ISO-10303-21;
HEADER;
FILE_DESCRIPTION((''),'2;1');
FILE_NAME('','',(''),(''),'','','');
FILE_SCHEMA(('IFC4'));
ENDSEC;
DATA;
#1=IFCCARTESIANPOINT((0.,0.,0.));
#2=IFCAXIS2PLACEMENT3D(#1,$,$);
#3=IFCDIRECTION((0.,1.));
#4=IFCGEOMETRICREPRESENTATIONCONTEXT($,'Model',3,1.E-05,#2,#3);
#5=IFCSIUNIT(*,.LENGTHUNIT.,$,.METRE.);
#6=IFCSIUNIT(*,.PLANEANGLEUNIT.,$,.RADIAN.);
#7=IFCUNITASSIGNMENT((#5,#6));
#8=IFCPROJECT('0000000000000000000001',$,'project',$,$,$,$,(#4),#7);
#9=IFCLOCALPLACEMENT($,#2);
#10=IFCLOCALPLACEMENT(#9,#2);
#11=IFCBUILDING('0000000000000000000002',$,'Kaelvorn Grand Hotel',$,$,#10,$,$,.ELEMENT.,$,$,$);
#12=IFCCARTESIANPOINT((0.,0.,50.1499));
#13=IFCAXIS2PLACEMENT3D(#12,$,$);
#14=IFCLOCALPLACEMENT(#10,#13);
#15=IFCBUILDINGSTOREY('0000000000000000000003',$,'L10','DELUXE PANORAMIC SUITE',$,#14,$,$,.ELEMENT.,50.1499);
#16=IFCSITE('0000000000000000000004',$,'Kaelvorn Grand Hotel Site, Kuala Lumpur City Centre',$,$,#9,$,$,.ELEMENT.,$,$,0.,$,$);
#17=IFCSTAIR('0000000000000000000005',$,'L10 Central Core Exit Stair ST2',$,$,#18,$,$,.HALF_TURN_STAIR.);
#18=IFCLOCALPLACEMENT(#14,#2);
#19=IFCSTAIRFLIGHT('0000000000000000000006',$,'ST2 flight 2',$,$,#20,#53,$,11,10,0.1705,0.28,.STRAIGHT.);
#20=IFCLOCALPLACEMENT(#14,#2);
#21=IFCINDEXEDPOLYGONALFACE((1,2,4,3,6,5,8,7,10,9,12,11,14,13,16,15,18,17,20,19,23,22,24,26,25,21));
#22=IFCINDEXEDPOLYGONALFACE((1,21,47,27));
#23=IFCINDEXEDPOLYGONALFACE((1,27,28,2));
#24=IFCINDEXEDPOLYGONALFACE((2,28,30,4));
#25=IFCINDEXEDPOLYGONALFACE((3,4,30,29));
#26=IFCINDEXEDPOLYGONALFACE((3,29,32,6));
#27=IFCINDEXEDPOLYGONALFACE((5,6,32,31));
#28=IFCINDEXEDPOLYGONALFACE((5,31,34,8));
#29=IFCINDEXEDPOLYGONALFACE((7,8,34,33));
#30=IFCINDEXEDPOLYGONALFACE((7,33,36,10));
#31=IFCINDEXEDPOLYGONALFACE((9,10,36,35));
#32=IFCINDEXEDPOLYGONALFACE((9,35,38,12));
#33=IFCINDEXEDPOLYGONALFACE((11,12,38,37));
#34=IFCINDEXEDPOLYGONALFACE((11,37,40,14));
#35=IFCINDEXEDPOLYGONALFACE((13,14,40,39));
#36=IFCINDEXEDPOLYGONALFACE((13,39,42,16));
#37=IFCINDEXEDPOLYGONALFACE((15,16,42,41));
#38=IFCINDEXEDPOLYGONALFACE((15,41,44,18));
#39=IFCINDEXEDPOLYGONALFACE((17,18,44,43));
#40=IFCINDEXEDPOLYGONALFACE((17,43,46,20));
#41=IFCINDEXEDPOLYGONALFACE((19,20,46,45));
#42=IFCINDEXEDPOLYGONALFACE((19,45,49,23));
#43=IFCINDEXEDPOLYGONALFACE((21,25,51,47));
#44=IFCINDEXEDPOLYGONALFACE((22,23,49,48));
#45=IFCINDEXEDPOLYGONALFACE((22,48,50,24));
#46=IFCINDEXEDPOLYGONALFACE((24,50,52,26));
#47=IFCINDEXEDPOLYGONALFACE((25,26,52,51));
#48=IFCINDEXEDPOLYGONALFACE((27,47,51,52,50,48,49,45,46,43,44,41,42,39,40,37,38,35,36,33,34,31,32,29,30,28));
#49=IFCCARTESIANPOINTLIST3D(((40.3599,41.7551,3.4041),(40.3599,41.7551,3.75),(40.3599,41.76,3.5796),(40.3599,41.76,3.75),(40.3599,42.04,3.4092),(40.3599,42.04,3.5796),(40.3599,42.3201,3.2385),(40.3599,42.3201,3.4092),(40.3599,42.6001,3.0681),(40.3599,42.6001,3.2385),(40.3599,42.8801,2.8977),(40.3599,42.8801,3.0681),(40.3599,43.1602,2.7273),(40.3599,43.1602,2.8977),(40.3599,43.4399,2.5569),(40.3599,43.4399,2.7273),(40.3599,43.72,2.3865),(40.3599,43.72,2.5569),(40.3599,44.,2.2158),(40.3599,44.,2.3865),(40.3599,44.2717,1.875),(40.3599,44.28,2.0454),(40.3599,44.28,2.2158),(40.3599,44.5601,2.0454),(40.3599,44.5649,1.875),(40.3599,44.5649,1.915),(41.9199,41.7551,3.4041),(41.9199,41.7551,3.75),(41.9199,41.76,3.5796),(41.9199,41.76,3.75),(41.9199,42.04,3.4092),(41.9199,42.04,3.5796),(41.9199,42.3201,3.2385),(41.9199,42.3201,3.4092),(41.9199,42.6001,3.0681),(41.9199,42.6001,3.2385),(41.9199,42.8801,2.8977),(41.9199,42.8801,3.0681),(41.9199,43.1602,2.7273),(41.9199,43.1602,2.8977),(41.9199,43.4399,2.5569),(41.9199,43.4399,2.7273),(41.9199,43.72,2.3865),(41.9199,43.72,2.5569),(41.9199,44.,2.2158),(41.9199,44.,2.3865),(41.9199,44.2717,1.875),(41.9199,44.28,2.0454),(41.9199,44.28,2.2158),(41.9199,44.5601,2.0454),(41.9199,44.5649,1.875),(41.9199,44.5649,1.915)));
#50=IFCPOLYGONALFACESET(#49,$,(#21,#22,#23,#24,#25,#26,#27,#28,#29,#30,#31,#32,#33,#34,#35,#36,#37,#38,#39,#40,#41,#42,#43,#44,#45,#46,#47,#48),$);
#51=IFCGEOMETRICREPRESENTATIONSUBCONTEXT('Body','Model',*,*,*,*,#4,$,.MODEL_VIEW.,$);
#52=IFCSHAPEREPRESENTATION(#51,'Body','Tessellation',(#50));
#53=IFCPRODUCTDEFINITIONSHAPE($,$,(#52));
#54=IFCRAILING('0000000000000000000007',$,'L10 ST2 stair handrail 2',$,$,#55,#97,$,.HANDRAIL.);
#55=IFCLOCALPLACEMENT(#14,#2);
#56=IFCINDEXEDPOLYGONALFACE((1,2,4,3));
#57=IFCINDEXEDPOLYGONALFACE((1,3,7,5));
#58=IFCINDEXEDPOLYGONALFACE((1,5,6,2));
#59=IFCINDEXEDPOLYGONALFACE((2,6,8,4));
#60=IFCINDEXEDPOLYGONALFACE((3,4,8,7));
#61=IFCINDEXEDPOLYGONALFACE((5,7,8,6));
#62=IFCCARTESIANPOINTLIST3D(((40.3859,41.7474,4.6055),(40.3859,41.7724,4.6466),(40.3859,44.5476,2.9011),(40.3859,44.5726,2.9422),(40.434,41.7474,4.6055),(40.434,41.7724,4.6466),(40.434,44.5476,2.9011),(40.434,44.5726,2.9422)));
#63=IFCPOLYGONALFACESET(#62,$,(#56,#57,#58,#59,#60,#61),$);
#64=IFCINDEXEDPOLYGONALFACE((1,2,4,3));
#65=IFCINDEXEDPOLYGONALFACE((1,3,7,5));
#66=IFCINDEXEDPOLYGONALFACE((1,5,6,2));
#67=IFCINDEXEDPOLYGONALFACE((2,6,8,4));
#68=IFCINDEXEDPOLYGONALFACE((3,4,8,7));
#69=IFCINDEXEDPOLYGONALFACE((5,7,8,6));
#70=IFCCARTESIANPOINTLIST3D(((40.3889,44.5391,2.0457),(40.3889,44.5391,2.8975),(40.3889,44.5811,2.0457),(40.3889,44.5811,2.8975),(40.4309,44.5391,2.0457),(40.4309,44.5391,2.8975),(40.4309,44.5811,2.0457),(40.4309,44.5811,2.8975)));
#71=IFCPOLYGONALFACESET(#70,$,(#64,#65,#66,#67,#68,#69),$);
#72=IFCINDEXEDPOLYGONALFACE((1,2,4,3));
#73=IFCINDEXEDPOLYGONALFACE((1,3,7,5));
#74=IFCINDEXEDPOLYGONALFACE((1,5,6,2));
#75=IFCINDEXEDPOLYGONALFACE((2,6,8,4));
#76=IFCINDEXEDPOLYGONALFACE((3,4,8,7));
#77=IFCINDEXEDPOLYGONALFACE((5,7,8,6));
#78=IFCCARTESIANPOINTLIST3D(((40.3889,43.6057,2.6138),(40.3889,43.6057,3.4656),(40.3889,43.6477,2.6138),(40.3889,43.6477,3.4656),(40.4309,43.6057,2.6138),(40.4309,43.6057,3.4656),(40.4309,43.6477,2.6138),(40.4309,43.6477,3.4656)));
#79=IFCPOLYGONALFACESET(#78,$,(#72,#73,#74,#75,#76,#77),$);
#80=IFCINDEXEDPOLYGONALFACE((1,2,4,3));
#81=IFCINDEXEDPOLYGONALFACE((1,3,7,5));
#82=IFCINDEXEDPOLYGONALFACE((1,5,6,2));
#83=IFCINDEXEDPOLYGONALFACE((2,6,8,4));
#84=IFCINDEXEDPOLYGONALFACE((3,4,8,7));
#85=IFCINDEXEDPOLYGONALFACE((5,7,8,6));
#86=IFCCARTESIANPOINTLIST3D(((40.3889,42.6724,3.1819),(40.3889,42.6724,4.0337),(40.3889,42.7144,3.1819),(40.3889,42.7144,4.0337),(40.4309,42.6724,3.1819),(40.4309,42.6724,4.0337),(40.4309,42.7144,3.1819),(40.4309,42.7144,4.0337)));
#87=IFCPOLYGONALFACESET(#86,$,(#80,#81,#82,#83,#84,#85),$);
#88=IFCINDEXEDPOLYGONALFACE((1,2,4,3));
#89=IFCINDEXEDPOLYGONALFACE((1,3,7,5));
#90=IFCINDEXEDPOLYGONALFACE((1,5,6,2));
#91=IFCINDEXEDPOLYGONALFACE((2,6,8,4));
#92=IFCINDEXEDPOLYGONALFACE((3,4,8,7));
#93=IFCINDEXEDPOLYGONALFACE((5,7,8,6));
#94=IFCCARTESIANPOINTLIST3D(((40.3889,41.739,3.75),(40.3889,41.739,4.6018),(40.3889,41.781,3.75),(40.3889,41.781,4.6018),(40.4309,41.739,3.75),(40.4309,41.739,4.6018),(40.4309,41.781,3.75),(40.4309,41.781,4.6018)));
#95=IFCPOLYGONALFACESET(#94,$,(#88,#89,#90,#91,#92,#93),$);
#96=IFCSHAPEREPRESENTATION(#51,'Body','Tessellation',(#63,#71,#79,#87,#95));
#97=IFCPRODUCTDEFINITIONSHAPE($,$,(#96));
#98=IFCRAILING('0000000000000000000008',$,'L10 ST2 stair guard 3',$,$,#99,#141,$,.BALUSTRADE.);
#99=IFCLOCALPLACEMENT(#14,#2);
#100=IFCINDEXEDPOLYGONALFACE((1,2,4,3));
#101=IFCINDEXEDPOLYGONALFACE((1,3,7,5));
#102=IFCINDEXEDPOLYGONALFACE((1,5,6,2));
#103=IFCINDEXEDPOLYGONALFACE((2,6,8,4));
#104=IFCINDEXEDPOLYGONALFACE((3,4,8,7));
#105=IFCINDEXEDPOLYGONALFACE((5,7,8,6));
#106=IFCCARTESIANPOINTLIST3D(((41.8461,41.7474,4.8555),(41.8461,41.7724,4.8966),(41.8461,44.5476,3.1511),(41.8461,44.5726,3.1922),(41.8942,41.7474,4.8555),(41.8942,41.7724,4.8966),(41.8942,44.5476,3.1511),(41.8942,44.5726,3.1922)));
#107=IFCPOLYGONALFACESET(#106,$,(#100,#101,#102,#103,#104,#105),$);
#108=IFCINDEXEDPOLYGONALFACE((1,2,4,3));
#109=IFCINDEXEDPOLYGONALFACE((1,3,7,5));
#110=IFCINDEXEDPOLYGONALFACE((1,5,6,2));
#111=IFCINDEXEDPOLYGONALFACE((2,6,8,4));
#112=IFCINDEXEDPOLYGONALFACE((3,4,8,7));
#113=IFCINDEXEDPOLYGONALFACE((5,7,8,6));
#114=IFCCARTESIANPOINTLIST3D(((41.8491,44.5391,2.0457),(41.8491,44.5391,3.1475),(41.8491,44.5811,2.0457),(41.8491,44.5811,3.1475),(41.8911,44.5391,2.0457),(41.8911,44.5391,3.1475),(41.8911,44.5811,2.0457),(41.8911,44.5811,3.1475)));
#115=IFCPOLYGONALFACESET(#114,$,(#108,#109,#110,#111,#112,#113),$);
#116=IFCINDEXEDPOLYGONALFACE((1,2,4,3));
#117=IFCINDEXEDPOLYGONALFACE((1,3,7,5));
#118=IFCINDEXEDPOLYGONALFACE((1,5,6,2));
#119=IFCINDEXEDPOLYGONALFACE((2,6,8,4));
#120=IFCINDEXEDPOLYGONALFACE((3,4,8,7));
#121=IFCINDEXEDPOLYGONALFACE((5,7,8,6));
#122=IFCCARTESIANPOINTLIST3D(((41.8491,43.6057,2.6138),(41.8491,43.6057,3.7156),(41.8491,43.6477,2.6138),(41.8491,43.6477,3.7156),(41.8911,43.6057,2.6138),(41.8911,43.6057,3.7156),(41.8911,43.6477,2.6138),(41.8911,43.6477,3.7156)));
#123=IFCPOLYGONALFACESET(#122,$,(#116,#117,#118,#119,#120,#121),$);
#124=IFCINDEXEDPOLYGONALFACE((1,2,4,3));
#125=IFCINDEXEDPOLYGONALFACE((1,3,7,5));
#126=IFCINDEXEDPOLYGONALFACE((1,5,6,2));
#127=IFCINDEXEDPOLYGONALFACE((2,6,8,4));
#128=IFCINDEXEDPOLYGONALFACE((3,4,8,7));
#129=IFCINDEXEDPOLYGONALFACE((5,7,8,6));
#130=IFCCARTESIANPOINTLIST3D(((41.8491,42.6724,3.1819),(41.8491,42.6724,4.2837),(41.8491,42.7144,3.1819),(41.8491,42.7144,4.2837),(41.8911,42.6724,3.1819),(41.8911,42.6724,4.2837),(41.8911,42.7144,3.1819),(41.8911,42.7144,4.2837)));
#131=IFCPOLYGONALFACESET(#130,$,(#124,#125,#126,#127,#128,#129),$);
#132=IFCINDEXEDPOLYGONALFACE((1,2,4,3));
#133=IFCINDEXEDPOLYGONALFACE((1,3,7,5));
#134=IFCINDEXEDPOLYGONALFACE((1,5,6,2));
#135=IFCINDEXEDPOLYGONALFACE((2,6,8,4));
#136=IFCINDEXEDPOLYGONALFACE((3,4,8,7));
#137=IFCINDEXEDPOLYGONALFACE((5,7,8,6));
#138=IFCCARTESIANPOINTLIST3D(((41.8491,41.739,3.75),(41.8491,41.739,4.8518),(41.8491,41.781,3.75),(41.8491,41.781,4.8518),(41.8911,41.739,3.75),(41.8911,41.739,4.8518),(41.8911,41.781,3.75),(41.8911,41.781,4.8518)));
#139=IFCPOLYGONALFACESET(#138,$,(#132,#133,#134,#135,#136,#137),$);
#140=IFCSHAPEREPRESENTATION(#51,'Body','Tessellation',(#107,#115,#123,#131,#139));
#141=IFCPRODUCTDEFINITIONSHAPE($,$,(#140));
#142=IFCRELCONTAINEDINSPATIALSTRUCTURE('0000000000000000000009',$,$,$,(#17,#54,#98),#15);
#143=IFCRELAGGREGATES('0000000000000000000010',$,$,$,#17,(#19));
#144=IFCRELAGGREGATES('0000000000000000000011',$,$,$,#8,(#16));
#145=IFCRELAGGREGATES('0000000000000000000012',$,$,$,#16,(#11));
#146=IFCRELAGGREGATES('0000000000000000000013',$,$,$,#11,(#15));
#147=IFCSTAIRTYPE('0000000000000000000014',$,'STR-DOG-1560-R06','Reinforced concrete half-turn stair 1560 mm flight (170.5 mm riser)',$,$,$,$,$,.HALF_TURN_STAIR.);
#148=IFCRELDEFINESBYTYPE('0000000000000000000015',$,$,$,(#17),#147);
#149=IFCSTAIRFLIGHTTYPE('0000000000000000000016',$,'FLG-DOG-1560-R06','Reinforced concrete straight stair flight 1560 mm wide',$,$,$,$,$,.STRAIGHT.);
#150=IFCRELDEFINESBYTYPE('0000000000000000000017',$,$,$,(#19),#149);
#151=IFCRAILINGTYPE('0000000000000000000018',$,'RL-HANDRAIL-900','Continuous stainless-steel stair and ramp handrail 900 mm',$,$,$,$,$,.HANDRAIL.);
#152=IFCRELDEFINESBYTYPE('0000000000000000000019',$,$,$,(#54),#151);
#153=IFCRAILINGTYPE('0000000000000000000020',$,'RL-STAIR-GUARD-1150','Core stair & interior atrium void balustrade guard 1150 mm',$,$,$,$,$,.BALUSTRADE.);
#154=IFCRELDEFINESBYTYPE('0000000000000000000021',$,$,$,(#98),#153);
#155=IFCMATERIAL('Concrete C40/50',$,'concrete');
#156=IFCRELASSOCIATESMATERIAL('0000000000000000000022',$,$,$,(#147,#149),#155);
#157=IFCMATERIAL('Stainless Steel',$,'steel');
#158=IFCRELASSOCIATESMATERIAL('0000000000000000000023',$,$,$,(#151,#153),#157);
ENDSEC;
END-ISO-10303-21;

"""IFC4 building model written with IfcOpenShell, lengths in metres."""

from ifc_helpers import new_model, si_unit, direction, frame, origin, origin_2d, place, context, subcontext, project, spatial, polyline, rectangle, outline, extrude, material, type_object, element, aggregate, save


model = new_model("IFC4")

# Units and contexts
model_context = context("Model", 3, precision=1e-05, world=origin(), true_north=direction((0.0, 1.0)))
body_context = subcontext(model_context, "Body", "Model", "MODEL_VIEW")
ifc_project = project(units=[si_unit("LENGTHUNIT", "METRE"), si_unit("PLANEANGLEUNIT", "RADIAN")], contexts=[model_context])

# Site, building, storey
site_placement = place(None, origin())
site = spatial("IfcSite", under=ifc_project, at=site_placement, Name="Kaelvorn Grand Hotel Site, Kuala Lumpur City Centre", CompositionType="ELEMENT", RefElevation=0.0)
building_placement = place(site_placement, origin())
building = spatial("IfcBuilding", under=site, at=building_placement, Name="Kaelvorn Grand Hotel", CompositionType="ELEMENT")
storey_placement = place(building_placement, frame((0.0, 0.0, 50.1499)))
storey = spatial("IfcBuildingStorey", under=building, at=storey_placement, Name="L10", Description="DELUXE PANORAMIC SUITE", CompositionType="ELEMENT", Elevation=50.1499)

# Shared definitions
ifc_material_1 = material(Name="Concrete C40/50", Category="concrete")

# Stair, stair flight
stair_type = type_object("IfcStairType", Name="STR-DOG-1560-R06", Description="Reinforced concrete half-turn stair 1560 mm flight (170.5 mm riser)", PredefinedType="HALF_TURN_STAIR", material=ifc_material_1)
stair_placement = place(storey_placement, origin())
stair = element("IfcStair", 1, at=stair_placement, inside=storey, type_object=stair_type, Name="L10 Central Core Exit Stair ST2", PredefinedType="HALF_TURN_STAIR")
stair_flight_type = type_object("IfcStairFlightType", Name="FLG-DOG-1560-R06", Description="Reinforced concrete straight stair flight 1560 mm wide", PredefinedType="STRAIGHT", material=ifc_material_1)
stair_flight_placement = place(storey_placement, frame((41.1399, 44.5601, 1.875), z_axis=(0.0, 0.0, 1.0), x_axis=(0.0, -1.0, 0.0)))
stair_flight = element("IfcStairFlight", 2, at=stair_flight_placement, type_object=stair_flight_type, Name="ST2 flight 2", NumberOfRisers=11, NumberOfTreads=10, PredefinedType="STRAIGHT", RiserHeight=0.1705, TreadLength=0.28, context=body_context, shape_type="SweptSolid", body=[
    extrude(outline(polyline([(-0.0049, 0.0), (-0.0049, 0.04), (0.0, 0.1704), (0.28, 0.1704), (0.28, 0.3408), (0.5601, 0.3408), (0.5601, 0.5115), (0.8401, 0.5115), (0.8401, 0.6819), (1.1201, 0.6819), (1.1201, 0.8523), (1.3999, 0.8523), (1.3999, 1.0227), (1.6799, 1.0227), (1.6799, 1.1931), (1.96, 1.1931), (1.96, 1.3635), (2.24, 1.3635), (2.24, 1.5342), (2.52, 1.5342), (2.52, 1.7046), (2.8, 1.7046), (2.8, 1.875), (2.8049, 1.875), (2.8049, 1.5291), (0.2883, 0.0), (-0.0049, 0.0)])), frame((0.0, 0.78, 0.0), z_axis=(0.0, -1.0, 0.0), x_axis=(1.0, 0.0, 0.0)), (0.0, 0.0, 1.0), 1.5601),
])
aggregate(stair, [stair_flight])

# Railings
ifc_material_2 = material(Name="Stainless Steel", Category="steel")
railing_type_1 = type_object("IfcRailingType", Name="RL-HANDRAIL-900", Description="Continuous stainless-steel stair and ramp handrail 900 mm", PredefinedType="HANDRAIL", material=ifc_material_2)
railing_1_placement = place(storey_placement, frame((40.4099, 44.5601, 2.0457)))
element("IfcRailing", 3, at=railing_1_placement, inside=storey, type_object=railing_type_1, Name="L10 ST2 stair handrail 2", PredefinedType="HANDRAIL", context=body_context, shape_type="SweptSolid", body=[
    extrude(rectangle(XDim=0.0481, YDim=0.0481, at=origin_2d()), frame((0.0, 0.0, 0.876), z_axis=(0.0, -0.854203, 0.51994), x_axis=(1.0, 0.0, 0.0)), (0.0, 0.0, 1.0), 3.2781),
    extrude(rectangle(XDim=0.042, YDim=0.042, at=origin_2d()), origin(), (0.0, 0.0, 1.0), 0.8518),
    extrude(rectangle(XDim=0.042, YDim=0.042, at=origin_2d()), frame((0.0, -0.9333, 0.5681)), (0.0, 0.0, 1.0), 0.8518),
    extrude(rectangle(XDim=0.042, YDim=0.042, at=origin_2d()), frame((0.0, -1.8667, 1.1362)), (0.0, 0.0, 1.0), 0.8518),
    extrude(rectangle(XDim=0.042, YDim=0.042, at=origin_2d()), frame((0.0, -2.8, 1.7043)), (0.0, 0.0, 1.0), 0.8518),
])
railing_type_2 = type_object("IfcRailingType", Name="RL-STAIR-GUARD-1150", Description="Core stair & interior atrium void balustrade guard 1150 mm", PredefinedType="BALUSTRADE", material=ifc_material_2)
railing_2_placement = place(storey_placement, frame((41.8701, 44.5601, 2.0457)))
element("IfcRailing", 4, at=railing_2_placement, inside=storey, type_object=railing_type_2, Name="L10 ST2 stair guard 3", PredefinedType="BALUSTRADE", context=body_context, shape_type="SweptSolid", body=[
    extrude(rectangle(XDim=0.0481, YDim=0.0481, at=origin_2d()), frame((0.0, 0.0, 1.126), z_axis=(0.0, -0.854203, 0.51994), x_axis=(1.0, 0.0, 0.0)), (0.0, 0.0, 1.0), 3.2781),
    extrude(rectangle(XDim=0.042, YDim=0.042, at=origin_2d()), origin(), (0.0, 0.0, 1.0), 1.1018),
    extrude(rectangle(XDim=0.042, YDim=0.042, at=origin_2d()), frame((0.0, -0.9333, 0.5681)), (0.0, 0.0, 1.0), 1.1018),
    extrude(rectangle(XDim=0.042, YDim=0.042, at=origin_2d()), frame((0.0, -1.8667, 1.1362)), (0.0, 0.0, 1.0), 1.1018),
    extrude(rectangle(XDim=0.042, YDim=0.042, at=origin_2d()), frame((0.0, -2.8, 1.7043)), (0.0, 0.0, 1.0), 1.1018),
])

save(model, "model.ifc")
